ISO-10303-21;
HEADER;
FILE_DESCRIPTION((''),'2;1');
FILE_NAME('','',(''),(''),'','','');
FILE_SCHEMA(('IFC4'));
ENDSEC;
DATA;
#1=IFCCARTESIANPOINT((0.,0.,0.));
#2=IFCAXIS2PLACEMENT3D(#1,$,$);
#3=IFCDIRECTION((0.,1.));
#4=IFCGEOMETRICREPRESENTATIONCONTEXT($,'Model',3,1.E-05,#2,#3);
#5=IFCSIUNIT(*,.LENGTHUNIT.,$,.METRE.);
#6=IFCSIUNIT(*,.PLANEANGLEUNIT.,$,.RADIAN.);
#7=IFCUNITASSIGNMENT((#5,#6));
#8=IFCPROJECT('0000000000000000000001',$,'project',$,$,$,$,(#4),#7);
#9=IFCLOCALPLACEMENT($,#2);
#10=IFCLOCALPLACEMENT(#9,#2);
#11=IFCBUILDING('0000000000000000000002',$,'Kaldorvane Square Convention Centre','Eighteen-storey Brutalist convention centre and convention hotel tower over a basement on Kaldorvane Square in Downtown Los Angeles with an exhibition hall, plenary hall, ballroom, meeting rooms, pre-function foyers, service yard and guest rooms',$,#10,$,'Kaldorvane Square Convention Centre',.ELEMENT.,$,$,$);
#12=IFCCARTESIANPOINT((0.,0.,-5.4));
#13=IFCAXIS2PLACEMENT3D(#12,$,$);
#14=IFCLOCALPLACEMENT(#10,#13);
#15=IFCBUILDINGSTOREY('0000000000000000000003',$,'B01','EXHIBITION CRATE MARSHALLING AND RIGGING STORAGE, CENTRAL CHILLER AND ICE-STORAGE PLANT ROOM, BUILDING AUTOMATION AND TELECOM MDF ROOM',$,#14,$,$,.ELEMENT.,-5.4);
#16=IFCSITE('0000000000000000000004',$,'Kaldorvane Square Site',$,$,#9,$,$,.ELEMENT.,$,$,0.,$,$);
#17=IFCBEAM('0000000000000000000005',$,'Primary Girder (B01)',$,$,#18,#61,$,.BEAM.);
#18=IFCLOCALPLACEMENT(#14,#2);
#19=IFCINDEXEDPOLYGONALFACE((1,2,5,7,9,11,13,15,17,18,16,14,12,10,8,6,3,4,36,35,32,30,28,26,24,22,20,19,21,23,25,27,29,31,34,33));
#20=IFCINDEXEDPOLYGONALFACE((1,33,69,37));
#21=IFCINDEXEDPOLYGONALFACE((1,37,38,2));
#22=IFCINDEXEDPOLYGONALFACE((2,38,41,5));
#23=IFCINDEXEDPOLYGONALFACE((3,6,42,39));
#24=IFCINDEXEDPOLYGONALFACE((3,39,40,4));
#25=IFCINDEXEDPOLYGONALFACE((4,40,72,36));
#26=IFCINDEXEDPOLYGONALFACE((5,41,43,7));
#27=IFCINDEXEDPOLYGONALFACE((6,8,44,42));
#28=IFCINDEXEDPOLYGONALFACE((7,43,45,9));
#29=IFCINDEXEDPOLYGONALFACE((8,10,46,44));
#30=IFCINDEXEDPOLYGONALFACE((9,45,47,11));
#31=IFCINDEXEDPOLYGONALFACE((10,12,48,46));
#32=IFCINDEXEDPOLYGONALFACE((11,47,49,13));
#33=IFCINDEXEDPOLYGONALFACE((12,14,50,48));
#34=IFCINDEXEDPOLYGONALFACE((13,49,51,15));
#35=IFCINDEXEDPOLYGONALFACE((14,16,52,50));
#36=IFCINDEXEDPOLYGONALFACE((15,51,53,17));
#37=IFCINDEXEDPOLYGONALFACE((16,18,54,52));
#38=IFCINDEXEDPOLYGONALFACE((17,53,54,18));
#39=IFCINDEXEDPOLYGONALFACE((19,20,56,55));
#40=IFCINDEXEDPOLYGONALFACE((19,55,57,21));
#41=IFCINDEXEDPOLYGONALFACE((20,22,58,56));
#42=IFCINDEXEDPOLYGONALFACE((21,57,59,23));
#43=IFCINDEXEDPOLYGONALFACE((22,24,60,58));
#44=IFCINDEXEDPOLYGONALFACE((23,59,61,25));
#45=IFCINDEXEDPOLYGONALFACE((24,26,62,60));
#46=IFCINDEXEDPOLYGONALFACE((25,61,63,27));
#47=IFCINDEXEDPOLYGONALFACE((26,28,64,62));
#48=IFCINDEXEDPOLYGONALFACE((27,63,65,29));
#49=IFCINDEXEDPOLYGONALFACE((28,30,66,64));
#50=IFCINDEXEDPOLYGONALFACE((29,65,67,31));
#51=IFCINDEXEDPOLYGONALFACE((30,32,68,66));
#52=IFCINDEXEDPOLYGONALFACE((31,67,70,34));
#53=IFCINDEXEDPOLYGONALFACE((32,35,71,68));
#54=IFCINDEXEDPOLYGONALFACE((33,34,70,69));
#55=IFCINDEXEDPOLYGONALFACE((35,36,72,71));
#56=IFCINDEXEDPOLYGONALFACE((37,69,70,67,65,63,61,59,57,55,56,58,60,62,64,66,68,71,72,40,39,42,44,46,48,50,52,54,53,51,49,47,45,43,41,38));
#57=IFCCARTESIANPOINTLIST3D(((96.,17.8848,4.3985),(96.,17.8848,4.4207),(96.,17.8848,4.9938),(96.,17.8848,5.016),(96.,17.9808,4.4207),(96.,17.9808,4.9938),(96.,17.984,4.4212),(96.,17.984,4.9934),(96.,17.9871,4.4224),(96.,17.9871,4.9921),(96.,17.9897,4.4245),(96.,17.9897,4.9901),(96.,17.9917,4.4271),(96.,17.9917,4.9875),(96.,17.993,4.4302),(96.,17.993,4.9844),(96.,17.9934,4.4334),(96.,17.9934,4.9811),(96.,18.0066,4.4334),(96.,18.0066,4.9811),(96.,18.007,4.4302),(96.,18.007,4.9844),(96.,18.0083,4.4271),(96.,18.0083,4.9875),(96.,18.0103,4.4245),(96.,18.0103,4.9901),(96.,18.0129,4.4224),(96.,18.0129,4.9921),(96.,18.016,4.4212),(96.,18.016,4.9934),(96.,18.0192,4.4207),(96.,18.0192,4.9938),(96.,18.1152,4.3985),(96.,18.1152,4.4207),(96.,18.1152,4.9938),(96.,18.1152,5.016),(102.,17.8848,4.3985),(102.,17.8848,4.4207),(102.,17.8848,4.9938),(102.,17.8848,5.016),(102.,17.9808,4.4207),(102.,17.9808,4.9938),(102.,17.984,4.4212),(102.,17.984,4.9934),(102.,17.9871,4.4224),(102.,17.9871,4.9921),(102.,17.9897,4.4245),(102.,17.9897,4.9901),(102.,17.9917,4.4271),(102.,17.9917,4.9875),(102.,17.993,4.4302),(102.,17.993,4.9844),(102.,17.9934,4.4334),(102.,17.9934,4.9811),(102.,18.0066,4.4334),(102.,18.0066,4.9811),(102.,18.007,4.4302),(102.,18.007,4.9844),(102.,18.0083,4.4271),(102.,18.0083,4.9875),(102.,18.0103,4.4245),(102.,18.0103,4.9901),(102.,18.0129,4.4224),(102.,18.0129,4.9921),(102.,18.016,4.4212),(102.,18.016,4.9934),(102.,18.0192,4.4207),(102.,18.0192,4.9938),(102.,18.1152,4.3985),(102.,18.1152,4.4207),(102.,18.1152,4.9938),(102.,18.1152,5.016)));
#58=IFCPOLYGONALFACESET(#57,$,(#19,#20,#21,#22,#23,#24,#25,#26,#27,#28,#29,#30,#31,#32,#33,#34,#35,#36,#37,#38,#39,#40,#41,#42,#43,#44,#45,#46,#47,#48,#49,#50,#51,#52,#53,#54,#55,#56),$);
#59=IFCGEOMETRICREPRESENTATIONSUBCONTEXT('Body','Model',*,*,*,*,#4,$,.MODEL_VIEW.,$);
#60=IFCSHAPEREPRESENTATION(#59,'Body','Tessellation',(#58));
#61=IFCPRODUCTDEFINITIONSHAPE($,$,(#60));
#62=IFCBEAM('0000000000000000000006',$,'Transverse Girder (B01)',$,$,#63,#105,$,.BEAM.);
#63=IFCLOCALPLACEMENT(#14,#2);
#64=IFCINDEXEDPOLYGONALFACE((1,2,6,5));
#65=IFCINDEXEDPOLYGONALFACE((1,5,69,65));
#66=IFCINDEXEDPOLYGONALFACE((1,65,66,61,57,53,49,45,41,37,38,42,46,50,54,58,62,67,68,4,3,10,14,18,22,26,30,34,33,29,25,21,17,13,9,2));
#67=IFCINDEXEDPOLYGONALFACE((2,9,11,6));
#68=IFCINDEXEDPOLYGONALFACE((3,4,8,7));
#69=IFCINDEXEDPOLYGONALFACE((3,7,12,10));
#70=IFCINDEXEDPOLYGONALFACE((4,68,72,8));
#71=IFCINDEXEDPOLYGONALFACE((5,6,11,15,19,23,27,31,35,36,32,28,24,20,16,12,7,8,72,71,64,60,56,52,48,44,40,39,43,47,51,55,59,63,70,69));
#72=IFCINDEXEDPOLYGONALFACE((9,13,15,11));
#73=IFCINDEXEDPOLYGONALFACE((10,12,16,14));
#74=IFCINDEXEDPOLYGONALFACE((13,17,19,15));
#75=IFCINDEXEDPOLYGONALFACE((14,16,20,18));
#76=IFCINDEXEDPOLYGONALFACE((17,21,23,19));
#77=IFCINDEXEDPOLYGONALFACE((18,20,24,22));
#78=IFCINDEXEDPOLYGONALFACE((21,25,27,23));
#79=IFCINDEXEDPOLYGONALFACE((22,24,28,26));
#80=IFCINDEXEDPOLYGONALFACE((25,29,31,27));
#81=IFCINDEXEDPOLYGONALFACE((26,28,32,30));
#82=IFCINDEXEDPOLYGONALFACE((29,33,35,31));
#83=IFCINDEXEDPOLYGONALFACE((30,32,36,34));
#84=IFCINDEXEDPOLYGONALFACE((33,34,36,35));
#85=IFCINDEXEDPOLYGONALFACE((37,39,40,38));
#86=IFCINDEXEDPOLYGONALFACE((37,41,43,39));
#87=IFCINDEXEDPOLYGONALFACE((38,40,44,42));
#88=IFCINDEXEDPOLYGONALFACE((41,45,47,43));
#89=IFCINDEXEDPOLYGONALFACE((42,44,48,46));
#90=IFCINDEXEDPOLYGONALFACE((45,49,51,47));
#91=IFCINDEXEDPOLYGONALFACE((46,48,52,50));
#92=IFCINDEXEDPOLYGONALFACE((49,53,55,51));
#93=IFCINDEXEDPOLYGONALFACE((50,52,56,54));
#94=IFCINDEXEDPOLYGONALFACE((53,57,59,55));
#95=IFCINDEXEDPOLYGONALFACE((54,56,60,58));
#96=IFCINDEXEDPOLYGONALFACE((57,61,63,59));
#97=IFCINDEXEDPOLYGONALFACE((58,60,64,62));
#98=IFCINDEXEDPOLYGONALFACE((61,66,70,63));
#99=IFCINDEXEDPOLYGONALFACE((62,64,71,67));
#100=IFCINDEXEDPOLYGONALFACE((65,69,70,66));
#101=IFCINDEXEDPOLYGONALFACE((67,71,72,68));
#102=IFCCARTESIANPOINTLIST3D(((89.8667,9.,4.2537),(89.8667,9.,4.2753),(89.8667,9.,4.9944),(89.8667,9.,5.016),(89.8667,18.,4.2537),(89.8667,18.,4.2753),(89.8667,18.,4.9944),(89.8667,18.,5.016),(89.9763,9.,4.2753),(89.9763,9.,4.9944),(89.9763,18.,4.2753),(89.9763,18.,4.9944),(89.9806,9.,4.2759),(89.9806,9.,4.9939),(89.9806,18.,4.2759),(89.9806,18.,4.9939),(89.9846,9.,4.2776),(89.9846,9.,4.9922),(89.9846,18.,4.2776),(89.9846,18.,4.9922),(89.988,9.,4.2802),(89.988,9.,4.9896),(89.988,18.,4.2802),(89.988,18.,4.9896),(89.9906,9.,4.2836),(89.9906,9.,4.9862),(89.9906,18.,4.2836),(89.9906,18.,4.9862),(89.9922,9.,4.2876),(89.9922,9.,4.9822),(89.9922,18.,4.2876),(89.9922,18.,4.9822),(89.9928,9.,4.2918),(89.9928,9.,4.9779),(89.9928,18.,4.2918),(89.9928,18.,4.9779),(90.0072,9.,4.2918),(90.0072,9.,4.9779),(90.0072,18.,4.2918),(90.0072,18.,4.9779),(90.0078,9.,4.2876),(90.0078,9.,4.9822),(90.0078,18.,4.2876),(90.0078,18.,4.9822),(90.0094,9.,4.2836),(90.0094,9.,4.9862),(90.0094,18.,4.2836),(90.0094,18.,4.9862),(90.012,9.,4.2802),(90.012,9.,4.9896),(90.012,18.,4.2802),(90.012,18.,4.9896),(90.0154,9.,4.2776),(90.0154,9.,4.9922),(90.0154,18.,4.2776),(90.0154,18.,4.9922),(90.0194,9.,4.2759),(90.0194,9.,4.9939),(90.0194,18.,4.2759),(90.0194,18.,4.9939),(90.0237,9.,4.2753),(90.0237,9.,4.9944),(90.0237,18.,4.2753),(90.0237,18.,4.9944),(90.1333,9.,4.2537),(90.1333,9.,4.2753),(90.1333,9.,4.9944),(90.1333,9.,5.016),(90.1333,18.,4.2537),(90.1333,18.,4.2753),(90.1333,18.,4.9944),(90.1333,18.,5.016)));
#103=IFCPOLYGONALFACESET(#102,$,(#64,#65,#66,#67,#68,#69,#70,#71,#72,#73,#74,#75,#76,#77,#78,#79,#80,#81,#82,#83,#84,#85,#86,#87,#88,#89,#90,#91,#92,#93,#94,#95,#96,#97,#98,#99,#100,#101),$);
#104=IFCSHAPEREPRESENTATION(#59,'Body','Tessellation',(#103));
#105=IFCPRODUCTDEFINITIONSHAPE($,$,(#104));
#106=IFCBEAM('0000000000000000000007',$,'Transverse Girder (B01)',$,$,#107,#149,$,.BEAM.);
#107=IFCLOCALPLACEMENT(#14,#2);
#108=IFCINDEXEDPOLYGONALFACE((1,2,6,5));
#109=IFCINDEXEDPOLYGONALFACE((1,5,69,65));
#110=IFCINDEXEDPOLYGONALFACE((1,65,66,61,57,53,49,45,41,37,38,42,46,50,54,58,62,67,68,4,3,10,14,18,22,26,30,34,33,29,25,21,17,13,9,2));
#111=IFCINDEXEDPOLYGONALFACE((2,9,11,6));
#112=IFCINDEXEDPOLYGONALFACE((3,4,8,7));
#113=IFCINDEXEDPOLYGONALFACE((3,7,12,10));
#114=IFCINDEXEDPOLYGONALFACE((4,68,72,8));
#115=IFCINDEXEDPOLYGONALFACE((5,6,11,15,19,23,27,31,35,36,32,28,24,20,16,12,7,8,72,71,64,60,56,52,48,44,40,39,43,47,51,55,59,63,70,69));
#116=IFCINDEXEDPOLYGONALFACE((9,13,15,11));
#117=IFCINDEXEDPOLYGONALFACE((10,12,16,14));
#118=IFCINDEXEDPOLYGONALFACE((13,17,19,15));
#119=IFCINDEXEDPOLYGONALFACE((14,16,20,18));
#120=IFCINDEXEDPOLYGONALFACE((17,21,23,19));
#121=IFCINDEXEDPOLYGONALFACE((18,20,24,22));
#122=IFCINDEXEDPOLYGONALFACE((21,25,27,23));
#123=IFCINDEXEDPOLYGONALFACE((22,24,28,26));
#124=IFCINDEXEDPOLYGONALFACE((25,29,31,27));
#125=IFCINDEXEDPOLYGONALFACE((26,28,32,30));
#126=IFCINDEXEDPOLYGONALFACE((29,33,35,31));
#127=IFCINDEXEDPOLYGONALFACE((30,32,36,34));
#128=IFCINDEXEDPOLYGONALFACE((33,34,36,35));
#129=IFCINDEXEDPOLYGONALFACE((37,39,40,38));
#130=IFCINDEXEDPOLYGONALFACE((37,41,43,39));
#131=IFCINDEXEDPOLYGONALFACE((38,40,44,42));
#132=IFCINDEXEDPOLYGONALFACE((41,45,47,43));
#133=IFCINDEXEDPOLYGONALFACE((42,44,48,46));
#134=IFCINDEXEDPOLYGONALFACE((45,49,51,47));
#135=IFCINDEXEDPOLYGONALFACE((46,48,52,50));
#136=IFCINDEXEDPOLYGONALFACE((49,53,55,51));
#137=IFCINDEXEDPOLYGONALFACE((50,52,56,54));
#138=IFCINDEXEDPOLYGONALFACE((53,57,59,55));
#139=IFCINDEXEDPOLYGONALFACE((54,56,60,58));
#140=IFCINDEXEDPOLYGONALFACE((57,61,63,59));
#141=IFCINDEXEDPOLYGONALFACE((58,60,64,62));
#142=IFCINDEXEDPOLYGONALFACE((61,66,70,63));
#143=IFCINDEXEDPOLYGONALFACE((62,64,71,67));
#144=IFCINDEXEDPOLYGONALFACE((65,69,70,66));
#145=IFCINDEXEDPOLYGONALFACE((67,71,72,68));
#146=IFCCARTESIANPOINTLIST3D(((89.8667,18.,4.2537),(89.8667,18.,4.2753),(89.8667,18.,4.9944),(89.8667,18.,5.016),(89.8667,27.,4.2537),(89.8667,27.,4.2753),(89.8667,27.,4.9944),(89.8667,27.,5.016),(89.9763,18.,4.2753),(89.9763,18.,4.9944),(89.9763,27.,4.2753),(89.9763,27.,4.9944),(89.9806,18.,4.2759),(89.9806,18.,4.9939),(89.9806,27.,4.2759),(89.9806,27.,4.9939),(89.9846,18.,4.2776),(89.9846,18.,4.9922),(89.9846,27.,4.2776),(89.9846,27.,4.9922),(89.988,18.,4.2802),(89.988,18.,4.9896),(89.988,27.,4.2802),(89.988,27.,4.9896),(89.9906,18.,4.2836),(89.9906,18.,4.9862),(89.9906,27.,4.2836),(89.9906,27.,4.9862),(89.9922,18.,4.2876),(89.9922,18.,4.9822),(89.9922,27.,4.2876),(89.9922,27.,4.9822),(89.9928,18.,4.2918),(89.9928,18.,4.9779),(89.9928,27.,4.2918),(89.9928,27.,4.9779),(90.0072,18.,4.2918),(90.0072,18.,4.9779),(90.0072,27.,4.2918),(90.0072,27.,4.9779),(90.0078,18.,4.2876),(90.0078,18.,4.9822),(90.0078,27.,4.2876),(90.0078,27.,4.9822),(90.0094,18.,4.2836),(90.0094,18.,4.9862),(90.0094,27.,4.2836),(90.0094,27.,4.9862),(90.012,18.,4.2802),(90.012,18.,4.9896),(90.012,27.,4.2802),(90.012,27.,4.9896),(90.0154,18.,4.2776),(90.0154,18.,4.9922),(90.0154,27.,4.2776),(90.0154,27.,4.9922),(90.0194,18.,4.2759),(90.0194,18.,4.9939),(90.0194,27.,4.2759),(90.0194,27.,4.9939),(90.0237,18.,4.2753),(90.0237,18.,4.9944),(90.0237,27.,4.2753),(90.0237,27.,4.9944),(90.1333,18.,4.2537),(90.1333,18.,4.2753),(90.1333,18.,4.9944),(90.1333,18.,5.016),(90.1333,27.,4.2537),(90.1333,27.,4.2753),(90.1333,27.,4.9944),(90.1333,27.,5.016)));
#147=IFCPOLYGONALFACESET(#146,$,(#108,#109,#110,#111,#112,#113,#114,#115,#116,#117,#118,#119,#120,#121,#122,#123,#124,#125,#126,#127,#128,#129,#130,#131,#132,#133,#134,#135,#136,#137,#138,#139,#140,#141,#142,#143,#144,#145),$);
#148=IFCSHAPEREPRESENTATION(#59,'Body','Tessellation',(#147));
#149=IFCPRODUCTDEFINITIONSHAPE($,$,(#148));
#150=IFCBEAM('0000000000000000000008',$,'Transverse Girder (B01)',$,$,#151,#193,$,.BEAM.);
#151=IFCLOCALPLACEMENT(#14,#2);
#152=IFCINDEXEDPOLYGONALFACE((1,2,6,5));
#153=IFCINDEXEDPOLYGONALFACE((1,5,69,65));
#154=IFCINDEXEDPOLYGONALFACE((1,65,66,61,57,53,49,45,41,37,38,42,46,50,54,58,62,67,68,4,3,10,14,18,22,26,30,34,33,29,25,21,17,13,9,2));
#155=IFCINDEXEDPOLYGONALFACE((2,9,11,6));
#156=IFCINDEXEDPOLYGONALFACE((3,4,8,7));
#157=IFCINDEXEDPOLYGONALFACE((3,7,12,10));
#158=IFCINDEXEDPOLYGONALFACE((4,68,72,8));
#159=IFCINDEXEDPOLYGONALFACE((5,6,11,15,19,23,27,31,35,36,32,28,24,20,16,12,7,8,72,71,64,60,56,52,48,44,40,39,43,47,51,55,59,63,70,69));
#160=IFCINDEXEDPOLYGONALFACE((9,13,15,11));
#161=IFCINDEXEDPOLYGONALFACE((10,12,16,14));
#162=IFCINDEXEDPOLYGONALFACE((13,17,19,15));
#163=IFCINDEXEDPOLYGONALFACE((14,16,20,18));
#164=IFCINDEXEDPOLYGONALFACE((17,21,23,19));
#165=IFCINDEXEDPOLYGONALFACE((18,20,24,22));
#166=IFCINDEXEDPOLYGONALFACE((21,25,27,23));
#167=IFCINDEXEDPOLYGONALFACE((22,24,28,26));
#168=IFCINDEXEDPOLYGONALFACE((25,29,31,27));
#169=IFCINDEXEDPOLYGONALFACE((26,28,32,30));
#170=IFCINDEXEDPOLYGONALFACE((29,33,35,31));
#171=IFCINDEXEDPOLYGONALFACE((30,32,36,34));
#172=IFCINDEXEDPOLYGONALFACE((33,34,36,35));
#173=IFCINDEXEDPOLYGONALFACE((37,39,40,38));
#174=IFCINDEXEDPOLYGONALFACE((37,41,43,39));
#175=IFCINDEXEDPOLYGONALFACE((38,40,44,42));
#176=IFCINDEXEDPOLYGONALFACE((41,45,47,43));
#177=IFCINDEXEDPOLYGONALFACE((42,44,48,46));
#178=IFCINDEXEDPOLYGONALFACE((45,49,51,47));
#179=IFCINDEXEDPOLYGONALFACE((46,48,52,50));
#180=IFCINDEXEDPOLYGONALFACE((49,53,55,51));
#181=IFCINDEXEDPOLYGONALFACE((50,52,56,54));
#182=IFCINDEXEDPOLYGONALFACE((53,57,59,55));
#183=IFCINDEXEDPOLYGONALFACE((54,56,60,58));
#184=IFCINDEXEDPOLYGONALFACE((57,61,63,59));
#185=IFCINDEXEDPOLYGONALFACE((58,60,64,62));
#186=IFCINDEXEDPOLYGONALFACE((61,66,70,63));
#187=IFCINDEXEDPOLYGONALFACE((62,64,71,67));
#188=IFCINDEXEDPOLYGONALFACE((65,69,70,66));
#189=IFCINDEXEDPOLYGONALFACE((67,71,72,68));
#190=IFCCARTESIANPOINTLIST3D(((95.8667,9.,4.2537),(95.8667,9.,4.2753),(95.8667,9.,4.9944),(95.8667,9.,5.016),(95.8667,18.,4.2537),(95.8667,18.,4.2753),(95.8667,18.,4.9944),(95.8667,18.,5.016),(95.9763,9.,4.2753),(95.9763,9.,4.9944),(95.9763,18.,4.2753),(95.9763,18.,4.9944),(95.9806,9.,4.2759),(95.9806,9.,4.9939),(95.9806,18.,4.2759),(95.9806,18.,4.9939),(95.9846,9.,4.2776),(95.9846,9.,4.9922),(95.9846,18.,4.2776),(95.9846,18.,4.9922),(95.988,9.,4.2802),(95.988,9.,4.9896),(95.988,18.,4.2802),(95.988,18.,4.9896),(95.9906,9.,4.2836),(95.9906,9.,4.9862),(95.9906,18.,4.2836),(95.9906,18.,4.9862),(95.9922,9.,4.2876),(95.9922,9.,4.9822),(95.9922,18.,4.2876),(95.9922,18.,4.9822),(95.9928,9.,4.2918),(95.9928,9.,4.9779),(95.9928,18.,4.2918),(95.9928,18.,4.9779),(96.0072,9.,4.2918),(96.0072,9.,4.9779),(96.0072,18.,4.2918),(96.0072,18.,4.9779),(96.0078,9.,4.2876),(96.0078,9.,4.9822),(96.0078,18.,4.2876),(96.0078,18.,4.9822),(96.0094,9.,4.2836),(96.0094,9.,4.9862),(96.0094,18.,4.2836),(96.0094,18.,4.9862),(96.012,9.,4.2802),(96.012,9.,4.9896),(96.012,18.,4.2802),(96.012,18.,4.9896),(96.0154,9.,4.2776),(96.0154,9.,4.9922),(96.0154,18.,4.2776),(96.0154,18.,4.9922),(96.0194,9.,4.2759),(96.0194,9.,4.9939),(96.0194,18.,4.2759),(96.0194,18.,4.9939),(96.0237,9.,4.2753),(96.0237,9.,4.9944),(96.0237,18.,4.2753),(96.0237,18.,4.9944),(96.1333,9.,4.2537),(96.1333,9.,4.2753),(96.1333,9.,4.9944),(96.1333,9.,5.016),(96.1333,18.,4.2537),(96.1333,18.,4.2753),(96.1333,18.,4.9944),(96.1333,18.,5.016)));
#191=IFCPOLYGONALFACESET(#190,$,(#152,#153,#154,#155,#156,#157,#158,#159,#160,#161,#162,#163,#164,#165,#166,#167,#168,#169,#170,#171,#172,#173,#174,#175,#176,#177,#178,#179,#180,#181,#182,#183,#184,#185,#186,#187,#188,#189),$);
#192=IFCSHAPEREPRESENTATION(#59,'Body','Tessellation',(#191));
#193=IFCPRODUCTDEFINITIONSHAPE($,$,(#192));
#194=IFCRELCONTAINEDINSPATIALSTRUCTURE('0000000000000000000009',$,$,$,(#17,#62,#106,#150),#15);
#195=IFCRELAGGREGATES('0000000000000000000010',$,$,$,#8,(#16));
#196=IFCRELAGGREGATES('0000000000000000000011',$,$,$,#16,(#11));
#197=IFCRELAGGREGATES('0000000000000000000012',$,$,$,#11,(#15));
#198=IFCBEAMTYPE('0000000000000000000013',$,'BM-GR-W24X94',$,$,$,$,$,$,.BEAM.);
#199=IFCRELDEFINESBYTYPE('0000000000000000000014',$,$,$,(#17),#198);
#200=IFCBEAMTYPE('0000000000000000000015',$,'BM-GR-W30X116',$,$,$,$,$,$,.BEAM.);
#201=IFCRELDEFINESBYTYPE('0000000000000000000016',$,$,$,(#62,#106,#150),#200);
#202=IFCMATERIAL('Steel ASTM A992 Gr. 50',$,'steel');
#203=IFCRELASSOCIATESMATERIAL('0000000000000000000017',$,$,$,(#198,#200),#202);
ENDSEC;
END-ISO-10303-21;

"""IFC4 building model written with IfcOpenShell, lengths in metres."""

from ifc_helpers import new_model, si_unit, direction, frame, origin, origin_2d, place, context, subcontext, project, spatial, i_section, extrude, material, material_profile, profile_set, type_object, element, save


model = new_model("IFC4")

# Units and contexts
model_context = context("Model", 3, precision=1e-05, world=origin(), true_north=direction((0.0, 1.0)))
body_context = subcontext(model_context, "Body", "Model", "MODEL_VIEW")
ifc_project = project(units=[si_unit("LENGTHUNIT", "METRE"), si_unit("PLANEANGLEUNIT", "RADIAN")], contexts=[model_context])

# Site, building, storey
site_placement = place(None, origin())
site = spatial("IfcSite", under=ifc_project, at=site_placement, Name="Kaldorvane Square Site", CompositionType="ELEMENT", RefElevation=0.0)
building_placement = place(site_placement, origin())
building = spatial("IfcBuilding", under=site, at=building_placement, Name="Kaldorvane Square Convention Centre", Description="Eighteen-storey Brutalist convention centre and convention hotel tower over a basement on Kaldorvane Square in Downtown Los Angeles with an exhibition hall, plenary hall, ballroom, meeting rooms, pre-function foyers, service yard and guest rooms", LongName="Kaldorvane Square Convention Centre", CompositionType="ELEMENT")
storey_placement = place(building_placement, frame((0.0, 0.0, -5.4)))
storey = spatial("IfcBuildingStorey", under=building, at=storey_placement, Name="B01", Description="EXHIBITION CRATE MARSHALLING AND RIGGING STORAGE, CENTRAL CHILLER AND ICE-STORAGE PLANT ROOM, BUILDING AUTOMATION AND TELECOM MDF ROOM", CompositionType="ELEMENT", Elevation=-5.4)

# Shared definitions
ifc_material_1 = material(Name="Steel ASTM A992 Gr. 50", Category="steel")

# Beams
ifc_material_profile_1 = material_profile(ifc_material_1, i_section(OverallWidth=0.2303, OverallDepth=0.6175, WebThickness=0.0131, FlangeThickness=0.0222, FilletRadius=0.0127, at=origin_2d()), Name="W24X94")
ifc_profile_set_1 = profile_set([ifc_material_profile_1], Name="Steel ASTM A992 Gr. 50")
beam_type_1 = type_object("IfcBeamType", Name="BM-GR-W24X94", PredefinedType="BEAM", material=ifc_profile_set_1)
for number, where, z_axis, x_axis, name in (
    (1, (96.0, 18.0, 4.7073), (1.0, 0.0, 0.0), (0.0, 1.0, 0.0), "Primary Girder (B01)"),
):
    element("IfcBeam", number, at=place(storey_placement, frame(where, z_axis=z_axis, x_axis=x_axis)), inside=storey, type_object=beam_type_1, Name=name, PredefinedType="BEAM", context=body_context, shape_type="SweptSolid", body=[
        extrude(i_section(OverallWidth=0.2303, OverallDepth=0.6175, WebThickness=0.0131, FlangeThickness=0.0222, FilletRadius=0.0127, at=origin_2d()), origin(), (0.0, 0.0, 1.0), 6.0),
    ])
ifc_material_profile_2 = material_profile(ifc_material_1, i_section(OverallWidth=0.2666, OverallDepth=0.7623, WebThickness=0.0144, FlangeThickness=0.0216, FilletRadius=0.0165, at=origin_2d()), Name="W30X116")
ifc_profile_set_2 = profile_set([ifc_material_profile_2], Name="Steel ASTM A992 Gr. 50")
beam_type_2 = type_object("IfcBeamType", Name="BM-GR-W30X116", PredefinedType="BEAM", material=ifc_profile_set_2)
for number, where, z_axis, x_axis, name in (
    (2, (90.0, 9.0, 4.6349), (0.0, 1.0, 0.0), (-1.0, 0.0, 0.0), "Transverse Girder (B01)"),
    (3, (90.0, 18.0, 4.6349), (0.0, 1.0, 0.0), (-1.0, 0.0, 0.0), "Transverse Girder (B01)"),
    (4, (96.0, 9.0, 4.6349), (0.0, 1.0, 0.0), (-1.0, 0.0, 0.0), "Transverse Girder (B01)"),
):
    element("IfcBeam", number, at=place(storey_placement, frame(where, z_axis=z_axis, x_axis=x_axis)), inside=storey, type_object=beam_type_2, Name=name, PredefinedType="BEAM", context=body_context, shape_type="SweptSolid", body=[
        extrude(i_section(OverallWidth=0.2666, OverallDepth=0.7623, WebThickness=0.0144, FlangeThickness=0.0216, FilletRadius=0.0165, at=origin_2d()), origin(), (0.0, 0.0, 1.0), 9.0),
    ])

save(model, "model.ifc")
